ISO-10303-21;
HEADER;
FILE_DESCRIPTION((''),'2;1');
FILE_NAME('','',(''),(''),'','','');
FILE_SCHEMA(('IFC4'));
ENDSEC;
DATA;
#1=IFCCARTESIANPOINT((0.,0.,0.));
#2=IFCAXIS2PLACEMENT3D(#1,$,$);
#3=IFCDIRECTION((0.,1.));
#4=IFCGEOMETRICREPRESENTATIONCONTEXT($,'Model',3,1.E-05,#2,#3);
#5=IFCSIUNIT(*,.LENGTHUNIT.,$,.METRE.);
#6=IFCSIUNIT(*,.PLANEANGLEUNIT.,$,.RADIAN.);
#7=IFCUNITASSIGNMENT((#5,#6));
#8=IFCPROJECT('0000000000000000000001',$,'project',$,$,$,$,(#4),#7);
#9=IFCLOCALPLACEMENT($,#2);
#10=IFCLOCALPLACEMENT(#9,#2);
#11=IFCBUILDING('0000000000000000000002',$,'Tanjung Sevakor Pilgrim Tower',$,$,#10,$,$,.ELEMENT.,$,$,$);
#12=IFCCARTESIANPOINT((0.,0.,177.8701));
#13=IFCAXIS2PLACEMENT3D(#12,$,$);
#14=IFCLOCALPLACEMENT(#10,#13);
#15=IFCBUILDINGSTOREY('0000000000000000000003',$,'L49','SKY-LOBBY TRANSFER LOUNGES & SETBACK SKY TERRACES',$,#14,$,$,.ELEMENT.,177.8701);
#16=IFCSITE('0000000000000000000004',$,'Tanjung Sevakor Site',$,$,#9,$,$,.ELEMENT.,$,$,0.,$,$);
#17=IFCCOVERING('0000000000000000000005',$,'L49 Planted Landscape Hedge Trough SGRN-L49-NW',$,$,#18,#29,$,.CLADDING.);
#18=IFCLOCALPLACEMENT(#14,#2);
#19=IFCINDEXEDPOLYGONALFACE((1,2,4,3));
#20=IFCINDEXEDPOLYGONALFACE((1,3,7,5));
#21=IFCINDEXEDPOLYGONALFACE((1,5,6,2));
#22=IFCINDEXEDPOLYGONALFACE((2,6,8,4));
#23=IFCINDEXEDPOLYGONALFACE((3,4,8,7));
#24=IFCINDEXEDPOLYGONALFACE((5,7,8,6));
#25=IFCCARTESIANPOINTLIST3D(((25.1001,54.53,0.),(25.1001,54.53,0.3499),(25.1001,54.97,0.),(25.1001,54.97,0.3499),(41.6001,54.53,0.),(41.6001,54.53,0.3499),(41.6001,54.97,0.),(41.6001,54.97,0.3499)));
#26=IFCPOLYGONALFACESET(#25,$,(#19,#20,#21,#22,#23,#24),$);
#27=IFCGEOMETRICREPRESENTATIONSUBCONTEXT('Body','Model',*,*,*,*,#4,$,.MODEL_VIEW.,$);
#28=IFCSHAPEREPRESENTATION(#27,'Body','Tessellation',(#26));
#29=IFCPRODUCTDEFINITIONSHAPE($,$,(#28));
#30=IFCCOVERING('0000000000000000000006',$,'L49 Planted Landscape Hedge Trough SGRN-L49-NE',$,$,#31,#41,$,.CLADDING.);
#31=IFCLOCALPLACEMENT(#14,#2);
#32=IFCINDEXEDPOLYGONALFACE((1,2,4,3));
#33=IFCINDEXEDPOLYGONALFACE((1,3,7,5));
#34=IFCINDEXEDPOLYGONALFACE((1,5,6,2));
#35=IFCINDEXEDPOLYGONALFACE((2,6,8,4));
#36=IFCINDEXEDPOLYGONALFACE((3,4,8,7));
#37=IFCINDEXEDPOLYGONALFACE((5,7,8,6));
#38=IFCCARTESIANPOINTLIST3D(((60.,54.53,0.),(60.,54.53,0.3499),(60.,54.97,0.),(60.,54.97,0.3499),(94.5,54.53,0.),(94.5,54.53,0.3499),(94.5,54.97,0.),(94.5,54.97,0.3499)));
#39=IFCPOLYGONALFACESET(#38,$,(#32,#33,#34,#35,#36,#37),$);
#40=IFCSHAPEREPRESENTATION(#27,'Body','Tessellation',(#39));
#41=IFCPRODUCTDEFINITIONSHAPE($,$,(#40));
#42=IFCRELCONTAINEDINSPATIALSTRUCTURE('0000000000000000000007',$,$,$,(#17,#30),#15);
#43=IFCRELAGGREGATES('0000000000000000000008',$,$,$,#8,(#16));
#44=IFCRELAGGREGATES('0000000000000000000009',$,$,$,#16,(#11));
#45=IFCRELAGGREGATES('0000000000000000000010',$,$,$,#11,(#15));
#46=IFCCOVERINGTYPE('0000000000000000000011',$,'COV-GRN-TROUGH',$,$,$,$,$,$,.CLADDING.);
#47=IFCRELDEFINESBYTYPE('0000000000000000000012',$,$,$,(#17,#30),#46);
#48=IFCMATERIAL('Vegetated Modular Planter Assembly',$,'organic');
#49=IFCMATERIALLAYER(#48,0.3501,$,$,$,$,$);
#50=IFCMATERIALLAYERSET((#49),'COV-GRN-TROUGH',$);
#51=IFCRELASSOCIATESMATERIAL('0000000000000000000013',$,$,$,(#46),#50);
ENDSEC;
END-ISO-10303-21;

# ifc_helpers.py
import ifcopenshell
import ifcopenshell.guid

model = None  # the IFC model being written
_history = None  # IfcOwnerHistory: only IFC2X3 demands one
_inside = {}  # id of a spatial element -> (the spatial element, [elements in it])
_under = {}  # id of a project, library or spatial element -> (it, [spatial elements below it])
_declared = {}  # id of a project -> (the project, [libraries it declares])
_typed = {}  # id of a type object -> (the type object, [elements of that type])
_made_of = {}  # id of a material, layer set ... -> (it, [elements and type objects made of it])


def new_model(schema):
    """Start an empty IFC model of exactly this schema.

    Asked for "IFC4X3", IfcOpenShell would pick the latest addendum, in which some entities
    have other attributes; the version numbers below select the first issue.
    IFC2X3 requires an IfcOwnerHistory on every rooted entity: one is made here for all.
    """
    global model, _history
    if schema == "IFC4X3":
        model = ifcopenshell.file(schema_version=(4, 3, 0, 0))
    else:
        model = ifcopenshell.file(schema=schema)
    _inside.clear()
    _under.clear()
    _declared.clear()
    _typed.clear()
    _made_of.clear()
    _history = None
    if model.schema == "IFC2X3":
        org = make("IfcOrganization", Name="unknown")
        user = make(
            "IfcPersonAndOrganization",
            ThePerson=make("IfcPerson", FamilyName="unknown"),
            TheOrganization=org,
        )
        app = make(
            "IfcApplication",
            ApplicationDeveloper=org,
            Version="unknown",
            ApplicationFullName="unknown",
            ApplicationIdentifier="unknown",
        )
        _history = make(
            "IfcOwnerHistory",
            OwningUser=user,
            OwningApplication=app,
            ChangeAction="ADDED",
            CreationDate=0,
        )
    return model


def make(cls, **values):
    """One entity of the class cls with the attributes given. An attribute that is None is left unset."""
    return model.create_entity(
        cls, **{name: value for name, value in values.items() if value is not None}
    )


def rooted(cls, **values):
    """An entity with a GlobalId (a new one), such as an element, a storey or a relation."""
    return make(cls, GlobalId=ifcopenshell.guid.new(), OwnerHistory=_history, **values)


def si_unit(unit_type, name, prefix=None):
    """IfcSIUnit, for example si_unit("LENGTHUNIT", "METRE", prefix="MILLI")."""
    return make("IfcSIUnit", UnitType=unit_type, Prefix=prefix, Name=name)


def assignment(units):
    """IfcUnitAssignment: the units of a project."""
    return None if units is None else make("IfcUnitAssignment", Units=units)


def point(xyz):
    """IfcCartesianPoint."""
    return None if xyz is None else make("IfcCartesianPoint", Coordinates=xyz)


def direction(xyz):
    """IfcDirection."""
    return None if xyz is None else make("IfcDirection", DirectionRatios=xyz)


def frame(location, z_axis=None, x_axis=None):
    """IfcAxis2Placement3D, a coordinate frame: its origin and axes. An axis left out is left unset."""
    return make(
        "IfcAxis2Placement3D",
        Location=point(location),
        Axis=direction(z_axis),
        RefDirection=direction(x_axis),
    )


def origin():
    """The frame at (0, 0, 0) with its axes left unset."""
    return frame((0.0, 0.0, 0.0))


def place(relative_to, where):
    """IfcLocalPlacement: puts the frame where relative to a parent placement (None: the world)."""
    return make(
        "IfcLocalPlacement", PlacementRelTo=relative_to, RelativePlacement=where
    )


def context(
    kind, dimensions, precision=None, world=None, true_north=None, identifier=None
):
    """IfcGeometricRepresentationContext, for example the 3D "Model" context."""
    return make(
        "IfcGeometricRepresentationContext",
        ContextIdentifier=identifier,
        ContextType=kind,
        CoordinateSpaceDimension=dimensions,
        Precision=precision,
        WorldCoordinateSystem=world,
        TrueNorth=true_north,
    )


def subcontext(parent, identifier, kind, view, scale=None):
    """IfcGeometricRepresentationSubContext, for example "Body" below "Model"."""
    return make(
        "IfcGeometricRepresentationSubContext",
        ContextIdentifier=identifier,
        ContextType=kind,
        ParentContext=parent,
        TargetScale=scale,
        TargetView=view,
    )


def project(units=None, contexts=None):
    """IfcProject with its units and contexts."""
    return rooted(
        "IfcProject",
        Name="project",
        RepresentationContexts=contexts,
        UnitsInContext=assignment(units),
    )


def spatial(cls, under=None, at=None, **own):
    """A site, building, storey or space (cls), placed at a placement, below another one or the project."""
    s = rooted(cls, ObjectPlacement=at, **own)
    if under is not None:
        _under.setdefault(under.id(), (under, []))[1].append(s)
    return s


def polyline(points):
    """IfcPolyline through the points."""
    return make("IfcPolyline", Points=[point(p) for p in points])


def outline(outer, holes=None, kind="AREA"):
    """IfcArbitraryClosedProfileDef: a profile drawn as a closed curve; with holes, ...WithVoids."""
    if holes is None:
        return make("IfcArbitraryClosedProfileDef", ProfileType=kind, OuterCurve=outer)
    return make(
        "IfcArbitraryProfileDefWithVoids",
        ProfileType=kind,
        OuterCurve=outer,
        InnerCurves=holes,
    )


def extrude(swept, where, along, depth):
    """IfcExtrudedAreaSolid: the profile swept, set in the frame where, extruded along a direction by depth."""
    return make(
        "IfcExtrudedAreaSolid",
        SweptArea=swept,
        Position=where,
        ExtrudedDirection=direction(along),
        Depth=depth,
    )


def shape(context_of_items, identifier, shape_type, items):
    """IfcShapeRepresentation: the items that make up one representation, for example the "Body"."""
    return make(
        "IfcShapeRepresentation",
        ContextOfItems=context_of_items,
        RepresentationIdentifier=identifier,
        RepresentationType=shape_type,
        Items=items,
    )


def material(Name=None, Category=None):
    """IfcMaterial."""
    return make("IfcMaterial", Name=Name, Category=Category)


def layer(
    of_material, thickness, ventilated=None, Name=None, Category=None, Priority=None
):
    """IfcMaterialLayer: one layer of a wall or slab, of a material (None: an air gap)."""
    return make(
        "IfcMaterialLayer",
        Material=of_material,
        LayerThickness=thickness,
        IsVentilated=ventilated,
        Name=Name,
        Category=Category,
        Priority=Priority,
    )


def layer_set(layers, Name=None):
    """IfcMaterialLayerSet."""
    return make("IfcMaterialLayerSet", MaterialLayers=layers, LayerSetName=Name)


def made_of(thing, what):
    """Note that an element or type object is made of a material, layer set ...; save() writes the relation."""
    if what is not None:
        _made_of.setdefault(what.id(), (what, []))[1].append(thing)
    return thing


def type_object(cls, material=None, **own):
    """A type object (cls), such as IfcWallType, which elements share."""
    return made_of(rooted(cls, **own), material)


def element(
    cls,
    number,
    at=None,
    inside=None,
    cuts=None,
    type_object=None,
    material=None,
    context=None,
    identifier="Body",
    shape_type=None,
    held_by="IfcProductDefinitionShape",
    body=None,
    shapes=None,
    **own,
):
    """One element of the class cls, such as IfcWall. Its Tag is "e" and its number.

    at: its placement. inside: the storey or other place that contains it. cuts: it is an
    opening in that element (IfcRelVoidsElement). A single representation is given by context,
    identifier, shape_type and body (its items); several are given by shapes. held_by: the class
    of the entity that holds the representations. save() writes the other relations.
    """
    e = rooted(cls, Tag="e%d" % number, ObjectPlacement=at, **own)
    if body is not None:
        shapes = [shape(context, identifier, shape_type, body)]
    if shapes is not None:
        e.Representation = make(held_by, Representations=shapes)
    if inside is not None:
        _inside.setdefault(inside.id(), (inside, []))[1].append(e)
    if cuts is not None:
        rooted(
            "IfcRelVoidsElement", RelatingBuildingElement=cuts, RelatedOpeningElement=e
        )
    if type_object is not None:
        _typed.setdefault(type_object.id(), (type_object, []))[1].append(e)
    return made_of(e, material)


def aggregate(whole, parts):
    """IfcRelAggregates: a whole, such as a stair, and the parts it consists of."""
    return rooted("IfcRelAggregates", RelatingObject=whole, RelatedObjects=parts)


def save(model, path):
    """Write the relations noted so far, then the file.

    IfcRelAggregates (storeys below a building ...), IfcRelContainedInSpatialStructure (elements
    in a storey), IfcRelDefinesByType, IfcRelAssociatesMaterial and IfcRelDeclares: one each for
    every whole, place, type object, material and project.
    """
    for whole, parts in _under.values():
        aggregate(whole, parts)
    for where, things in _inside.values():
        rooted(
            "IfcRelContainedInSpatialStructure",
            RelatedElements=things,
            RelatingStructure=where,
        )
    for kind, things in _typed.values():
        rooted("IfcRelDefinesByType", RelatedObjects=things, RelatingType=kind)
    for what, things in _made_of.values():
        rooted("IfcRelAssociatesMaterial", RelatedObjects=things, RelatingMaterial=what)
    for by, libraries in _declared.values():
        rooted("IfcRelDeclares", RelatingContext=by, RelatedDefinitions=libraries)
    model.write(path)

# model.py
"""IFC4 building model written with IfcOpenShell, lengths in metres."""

from ifc_helpers import new_model, si_unit, direction, frame, origin, place, context, subcontext, project, spatial, polyline, outline, extrude, material, layer, layer_set, type_object, element, save


model = new_model("IFC4")

# Units and contexts
model_context = context("Model", 3, precision=1e-05, world=origin(), true_north=direction((0.0, 1.0)))
body_context = subcontext(model_context, "Body", "Model", "MODEL_VIEW")
ifc_project = project(units=[si_unit("LENGTHUNIT", "METRE"), si_unit("PLANEANGLEUNIT", "RADIAN")], contexts=[model_context])

# Site, building, storey
site_placement = place(None, origin())
site = spatial("IfcSite", under=ifc_project, at=site_placement, Name="Tanjung Sevakor Site", CompositionType="ELEMENT", RefElevation=0.0)
building_placement = place(site_placement, origin())
building = spatial("IfcBuilding", under=site, at=building_placement, Name="Tanjung Sevakor Pilgrim Tower", CompositionType="ELEMENT")
storey_placement = place(building_placement, frame((0.0, 0.0, 177.8701)))
storey = spatial("IfcBuildingStorey", under=building, at=storey_placement, Name="L49", Description="SKY-LOBBY TRANSFER LOUNGES & SETBACK SKY TERRACES", CompositionType="ELEMENT", Elevation=177.8701)

# Coverings
ifc_material_1 = material(Name="Vegetated Modular Planter Assembly", Category="organic")
ifc_layer_1 = layer(ifc_material_1, 0.3501)
ifc_layer_set_1 = layer_set([ifc_layer_1], Name="COV-GRN-TROUGH")
covering_type_1 = type_object("IfcCoveringType", Name="COV-GRN-TROUGH", PredefinedType="CLADDING", material=ifc_layer_set_1)
covering_1_placement = place(storey_placement, origin())
element("IfcCovering", 1, at=covering_1_placement, inside=storey, type_object=covering_type_1, Name="L49 Planted Landscape Hedge Trough SGRN-L49-NW", PredefinedType="CLADDING", context=body_context, shape_type="SweptSolid", body=[
    extrude(outline(polyline([(25.1001, 54.53), (41.6001, 54.53), (41.6001, 54.97), (25.1001, 54.97), (25.1001, 54.53)])), origin(), (0.0, 0.0, 1.0), 0.3499),
])
covering_2_placement = place(storey_placement, origin())
element("IfcCovering", 2, at=covering_2_placement, inside=storey, type_object=covering_type_1, Name="L49 Planted Landscape Hedge Trough SGRN-L49-NE", PredefinedType="CLADDING", context=body_context, shape_type="SweptSolid", body=[
    extrude(outline(polyline([(60.0, 54.53), (94.5, 54.53), (94.5, 54.97), (60.0, 54.97), (60.0, 54.53)])), origin(), (0.0, 0.0, 1.0), 0.3499),
])

save(model, "model.ifc")
